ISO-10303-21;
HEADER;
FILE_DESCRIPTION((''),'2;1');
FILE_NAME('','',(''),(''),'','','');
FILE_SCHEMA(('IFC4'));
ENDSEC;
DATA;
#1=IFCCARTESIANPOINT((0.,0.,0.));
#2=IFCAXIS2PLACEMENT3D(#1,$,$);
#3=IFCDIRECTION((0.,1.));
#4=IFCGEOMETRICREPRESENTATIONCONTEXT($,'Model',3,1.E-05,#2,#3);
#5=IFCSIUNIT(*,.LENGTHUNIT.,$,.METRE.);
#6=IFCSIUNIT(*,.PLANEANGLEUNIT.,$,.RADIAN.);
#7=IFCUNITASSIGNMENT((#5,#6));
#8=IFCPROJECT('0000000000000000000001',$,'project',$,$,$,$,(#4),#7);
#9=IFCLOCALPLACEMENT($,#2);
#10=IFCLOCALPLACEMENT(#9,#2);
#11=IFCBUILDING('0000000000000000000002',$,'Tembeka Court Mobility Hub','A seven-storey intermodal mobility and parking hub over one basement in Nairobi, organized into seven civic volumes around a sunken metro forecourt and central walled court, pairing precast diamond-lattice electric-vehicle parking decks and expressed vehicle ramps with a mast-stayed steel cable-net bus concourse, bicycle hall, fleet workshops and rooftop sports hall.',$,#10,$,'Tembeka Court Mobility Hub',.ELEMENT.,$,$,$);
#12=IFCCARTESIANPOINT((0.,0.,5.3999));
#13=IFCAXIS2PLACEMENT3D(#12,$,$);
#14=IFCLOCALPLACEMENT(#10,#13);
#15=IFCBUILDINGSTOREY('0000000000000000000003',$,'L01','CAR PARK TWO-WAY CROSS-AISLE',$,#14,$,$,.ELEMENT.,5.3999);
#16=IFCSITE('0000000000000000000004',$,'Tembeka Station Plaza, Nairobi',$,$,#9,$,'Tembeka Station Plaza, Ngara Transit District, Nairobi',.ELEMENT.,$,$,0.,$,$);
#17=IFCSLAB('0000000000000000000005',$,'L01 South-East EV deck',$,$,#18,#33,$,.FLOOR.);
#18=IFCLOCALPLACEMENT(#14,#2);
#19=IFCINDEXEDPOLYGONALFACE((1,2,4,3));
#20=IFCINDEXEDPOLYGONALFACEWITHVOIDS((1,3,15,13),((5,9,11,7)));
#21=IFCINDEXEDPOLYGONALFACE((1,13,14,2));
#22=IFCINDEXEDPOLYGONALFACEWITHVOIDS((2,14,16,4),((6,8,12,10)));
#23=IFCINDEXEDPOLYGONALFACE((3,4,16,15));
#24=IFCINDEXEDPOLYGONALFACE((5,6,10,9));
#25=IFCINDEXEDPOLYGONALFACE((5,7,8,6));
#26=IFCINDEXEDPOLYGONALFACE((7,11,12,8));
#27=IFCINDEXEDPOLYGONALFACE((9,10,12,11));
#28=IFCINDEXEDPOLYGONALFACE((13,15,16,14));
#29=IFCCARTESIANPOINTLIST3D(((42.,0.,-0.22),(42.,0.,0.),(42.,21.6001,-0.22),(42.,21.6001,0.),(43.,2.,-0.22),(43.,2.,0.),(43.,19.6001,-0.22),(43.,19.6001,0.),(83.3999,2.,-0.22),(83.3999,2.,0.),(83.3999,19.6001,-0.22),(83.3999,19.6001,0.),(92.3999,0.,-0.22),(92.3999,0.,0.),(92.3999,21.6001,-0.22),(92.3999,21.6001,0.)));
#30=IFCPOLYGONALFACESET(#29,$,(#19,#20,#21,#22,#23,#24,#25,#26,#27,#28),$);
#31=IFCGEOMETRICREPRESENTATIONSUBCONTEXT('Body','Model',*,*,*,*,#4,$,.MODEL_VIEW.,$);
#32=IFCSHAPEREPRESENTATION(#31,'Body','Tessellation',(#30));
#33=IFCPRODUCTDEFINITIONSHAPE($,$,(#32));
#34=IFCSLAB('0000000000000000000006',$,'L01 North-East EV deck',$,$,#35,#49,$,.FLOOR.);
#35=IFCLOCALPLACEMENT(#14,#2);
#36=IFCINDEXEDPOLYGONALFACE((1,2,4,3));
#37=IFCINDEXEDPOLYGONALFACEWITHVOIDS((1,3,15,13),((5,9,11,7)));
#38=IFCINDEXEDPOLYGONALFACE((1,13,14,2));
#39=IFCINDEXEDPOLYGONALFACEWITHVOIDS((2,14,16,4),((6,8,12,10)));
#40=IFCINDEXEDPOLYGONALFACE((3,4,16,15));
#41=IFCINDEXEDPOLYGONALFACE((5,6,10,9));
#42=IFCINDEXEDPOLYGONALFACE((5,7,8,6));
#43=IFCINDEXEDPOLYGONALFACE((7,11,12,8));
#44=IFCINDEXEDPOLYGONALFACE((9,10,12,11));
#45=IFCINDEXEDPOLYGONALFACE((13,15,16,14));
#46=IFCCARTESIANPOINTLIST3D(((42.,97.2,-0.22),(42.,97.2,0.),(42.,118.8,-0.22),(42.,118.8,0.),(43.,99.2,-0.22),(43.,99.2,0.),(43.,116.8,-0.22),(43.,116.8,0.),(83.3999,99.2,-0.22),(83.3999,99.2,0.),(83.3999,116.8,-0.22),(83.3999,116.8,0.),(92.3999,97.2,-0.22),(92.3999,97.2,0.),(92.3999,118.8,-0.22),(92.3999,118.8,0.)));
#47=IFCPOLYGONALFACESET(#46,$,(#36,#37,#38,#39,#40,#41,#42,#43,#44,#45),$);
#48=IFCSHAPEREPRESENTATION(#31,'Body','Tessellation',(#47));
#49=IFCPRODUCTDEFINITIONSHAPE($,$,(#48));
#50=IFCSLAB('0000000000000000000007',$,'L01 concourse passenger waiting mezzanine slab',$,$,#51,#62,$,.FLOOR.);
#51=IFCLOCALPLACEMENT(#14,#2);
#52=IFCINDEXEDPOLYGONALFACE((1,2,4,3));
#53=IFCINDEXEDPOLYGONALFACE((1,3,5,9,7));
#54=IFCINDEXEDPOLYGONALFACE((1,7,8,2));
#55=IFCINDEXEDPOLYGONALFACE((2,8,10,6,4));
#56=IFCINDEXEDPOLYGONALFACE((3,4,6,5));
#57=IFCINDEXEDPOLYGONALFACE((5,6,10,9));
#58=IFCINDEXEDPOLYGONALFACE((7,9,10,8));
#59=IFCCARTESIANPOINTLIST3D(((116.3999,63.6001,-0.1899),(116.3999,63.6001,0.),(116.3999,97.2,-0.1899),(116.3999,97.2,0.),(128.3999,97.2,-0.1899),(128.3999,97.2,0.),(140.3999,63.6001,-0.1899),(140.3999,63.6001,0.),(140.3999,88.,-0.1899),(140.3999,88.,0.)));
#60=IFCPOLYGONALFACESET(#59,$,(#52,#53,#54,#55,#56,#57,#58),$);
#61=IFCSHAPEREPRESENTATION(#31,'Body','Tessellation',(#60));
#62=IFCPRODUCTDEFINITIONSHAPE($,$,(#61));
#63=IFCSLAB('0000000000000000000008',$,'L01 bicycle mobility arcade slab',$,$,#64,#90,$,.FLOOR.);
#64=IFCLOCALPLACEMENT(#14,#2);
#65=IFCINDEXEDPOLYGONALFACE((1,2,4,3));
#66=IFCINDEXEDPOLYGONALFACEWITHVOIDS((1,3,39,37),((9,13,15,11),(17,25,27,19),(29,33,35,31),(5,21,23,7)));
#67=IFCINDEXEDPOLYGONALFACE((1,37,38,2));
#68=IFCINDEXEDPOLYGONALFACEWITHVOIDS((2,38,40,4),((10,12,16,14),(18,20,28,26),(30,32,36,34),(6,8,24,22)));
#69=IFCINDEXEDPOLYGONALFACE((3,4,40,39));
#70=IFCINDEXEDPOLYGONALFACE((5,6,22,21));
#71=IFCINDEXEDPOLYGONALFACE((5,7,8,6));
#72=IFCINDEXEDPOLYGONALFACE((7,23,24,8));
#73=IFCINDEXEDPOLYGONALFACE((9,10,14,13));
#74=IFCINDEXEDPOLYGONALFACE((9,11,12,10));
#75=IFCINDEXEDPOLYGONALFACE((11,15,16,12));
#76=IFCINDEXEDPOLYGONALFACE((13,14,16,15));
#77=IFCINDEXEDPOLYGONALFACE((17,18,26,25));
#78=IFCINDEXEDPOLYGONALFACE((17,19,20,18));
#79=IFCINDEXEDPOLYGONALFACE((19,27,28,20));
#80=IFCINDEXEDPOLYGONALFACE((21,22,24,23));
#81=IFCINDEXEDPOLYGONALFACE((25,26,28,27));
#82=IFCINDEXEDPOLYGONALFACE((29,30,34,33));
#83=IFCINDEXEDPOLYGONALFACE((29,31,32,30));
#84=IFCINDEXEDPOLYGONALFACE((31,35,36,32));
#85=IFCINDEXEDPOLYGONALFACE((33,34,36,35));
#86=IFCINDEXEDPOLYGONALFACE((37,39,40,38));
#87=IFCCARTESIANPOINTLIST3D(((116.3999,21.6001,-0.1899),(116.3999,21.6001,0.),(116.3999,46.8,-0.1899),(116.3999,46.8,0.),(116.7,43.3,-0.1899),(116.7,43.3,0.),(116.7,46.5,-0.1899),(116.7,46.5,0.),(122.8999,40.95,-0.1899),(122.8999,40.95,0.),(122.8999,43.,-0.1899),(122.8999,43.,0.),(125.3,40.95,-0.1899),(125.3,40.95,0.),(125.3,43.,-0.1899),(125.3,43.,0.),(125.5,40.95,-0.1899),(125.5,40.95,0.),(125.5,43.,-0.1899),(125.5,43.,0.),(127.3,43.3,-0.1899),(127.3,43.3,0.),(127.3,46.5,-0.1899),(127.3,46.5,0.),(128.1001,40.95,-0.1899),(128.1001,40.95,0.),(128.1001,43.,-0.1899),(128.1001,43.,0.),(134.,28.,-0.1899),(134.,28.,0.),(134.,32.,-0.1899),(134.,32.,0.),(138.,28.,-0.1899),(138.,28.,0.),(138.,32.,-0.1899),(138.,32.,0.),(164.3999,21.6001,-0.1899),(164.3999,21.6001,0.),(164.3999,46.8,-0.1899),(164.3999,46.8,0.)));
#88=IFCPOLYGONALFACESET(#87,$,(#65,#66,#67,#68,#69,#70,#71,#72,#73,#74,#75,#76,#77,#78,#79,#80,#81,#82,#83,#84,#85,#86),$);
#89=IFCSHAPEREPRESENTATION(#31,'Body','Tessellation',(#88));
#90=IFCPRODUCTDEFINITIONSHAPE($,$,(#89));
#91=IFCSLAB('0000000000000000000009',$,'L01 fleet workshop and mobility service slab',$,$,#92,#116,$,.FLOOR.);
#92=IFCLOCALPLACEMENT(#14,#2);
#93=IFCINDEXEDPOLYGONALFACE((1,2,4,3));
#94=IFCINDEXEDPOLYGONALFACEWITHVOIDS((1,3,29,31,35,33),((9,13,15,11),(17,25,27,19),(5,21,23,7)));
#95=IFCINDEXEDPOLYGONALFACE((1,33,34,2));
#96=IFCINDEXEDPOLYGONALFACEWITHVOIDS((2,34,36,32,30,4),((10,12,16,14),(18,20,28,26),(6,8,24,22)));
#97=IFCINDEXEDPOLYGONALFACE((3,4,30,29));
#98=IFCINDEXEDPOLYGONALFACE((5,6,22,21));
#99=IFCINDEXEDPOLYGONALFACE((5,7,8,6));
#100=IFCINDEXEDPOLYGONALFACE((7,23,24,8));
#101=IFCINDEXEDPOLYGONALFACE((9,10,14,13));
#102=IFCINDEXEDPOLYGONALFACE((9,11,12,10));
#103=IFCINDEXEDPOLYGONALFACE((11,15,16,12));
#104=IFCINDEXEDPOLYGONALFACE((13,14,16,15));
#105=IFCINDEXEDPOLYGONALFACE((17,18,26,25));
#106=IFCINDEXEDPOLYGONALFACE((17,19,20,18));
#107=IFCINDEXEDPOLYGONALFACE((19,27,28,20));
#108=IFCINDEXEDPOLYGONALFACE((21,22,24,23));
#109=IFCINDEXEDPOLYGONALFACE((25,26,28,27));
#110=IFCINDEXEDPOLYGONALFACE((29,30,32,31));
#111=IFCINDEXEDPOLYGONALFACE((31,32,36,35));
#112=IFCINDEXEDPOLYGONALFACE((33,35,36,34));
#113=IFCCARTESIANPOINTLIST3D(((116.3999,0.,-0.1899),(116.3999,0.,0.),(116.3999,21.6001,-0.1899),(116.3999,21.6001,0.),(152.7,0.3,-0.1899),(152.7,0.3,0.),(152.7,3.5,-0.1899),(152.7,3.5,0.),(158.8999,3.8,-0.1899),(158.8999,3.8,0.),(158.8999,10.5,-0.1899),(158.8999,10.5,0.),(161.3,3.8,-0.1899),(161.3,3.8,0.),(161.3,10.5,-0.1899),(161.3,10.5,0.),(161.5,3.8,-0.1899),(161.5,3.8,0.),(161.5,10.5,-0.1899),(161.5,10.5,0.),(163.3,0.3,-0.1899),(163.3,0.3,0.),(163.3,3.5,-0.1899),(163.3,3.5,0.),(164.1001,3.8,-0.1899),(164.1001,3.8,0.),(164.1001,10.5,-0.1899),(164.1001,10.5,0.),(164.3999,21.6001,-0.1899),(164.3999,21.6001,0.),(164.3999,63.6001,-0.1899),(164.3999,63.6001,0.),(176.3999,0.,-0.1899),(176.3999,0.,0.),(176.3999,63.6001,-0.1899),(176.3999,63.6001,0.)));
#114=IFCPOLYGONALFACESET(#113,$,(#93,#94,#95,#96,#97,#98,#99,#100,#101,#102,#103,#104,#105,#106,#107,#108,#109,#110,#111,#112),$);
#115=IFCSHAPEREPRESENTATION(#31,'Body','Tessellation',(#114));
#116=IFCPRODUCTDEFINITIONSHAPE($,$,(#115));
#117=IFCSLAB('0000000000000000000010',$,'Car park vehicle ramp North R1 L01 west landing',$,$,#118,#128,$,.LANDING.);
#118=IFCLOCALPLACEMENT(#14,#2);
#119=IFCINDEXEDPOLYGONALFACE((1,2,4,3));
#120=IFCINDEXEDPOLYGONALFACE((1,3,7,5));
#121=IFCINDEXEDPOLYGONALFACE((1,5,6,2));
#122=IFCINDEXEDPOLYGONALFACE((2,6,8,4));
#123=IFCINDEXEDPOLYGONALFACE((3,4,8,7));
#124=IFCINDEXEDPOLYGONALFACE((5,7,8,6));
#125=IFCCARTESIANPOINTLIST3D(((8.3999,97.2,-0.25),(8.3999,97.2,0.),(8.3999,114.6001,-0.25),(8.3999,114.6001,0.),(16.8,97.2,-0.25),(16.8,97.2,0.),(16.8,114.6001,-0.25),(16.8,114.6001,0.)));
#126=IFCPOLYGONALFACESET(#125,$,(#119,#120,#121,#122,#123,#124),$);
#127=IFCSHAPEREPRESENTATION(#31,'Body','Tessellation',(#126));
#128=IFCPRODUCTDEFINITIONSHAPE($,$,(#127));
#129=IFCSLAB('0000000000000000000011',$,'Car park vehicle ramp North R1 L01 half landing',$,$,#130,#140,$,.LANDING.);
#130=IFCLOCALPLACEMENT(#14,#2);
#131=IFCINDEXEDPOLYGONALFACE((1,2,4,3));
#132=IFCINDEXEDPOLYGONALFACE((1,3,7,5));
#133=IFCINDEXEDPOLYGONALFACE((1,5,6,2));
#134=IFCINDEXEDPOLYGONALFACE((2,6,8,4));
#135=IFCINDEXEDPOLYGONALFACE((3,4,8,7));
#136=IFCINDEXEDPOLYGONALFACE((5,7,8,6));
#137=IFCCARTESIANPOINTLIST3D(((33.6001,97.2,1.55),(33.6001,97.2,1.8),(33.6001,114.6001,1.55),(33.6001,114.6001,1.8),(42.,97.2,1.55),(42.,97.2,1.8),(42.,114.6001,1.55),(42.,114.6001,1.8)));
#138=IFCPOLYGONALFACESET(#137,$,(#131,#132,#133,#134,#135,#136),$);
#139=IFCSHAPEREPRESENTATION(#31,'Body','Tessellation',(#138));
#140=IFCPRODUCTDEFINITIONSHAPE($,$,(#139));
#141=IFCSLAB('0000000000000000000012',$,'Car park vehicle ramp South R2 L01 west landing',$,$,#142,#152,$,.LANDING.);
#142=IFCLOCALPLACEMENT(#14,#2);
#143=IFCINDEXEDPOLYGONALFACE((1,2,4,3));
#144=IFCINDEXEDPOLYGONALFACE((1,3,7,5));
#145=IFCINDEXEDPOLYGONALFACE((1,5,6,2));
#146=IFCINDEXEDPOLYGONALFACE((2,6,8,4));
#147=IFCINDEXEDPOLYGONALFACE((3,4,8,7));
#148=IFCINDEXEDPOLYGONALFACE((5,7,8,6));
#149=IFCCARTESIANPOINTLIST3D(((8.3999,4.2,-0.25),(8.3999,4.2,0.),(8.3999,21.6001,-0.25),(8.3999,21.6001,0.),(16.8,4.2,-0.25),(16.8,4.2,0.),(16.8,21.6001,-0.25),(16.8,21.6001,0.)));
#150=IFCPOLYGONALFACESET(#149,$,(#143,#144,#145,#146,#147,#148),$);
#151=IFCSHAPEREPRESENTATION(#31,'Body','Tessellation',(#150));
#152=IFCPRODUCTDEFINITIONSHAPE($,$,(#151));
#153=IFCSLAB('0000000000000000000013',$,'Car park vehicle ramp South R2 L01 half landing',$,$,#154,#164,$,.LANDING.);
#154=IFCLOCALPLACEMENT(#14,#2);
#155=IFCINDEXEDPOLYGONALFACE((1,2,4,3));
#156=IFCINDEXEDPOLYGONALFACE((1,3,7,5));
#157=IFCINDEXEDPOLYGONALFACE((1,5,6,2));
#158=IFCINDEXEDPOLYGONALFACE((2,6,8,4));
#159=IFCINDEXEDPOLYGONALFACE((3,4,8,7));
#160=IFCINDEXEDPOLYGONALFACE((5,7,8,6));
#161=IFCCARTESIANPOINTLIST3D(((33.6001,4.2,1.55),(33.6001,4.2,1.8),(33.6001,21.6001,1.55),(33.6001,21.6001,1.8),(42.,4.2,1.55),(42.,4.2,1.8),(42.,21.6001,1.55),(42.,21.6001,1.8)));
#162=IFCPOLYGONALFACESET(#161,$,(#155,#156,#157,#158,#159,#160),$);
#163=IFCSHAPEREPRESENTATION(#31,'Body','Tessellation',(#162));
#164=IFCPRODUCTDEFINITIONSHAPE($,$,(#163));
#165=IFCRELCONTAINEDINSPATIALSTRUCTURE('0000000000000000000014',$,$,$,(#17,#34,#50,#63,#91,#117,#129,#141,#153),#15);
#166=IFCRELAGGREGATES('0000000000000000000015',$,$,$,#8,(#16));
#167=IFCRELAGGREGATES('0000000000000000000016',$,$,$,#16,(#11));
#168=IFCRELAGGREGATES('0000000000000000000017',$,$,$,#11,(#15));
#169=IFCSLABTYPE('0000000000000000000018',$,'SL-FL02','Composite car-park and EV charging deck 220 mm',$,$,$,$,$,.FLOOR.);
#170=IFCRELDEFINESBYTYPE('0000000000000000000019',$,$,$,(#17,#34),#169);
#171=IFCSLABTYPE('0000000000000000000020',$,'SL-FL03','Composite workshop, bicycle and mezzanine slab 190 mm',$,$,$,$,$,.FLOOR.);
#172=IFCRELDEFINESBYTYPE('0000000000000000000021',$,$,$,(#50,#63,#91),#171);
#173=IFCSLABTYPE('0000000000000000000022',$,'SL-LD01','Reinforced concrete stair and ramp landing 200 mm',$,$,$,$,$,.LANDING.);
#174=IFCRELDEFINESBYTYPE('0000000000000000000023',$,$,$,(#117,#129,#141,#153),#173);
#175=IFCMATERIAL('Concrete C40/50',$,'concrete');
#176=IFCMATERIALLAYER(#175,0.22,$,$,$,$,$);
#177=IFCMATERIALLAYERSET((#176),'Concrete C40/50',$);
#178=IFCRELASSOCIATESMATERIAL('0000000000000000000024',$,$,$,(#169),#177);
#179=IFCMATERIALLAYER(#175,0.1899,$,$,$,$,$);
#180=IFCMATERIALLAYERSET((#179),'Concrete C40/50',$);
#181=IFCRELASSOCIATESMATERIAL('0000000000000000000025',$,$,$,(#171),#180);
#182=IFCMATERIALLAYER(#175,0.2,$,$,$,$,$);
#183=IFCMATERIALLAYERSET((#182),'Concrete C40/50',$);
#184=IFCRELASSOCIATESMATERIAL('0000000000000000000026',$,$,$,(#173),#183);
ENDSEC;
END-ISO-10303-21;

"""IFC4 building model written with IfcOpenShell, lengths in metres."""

from ifc_helpers import new_model, si_unit, direction, frame, origin, place, context, subcontext, project, spatial, polyline, outline, extrude, material, layer, layer_set, type_object, element, save


model = new_model("IFC4")

# Units and contexts
model_context = context("Model", 3, precision=1e-05, world=origin(), true_north=direction((0.0, 1.0)))
body_context = subcontext(model_context, "Body", "Model", "MODEL_VIEW")
ifc_project = project(units=[si_unit("LENGTHUNIT", "METRE"), si_unit("PLANEANGLEUNIT", "RADIAN")], contexts=[model_context])

# Site, building, storey
site_placement = place(None, origin())
site = spatial("IfcSite", under=ifc_project, at=site_placement, Name="Tembeka Station Plaza, Nairobi", LongName="Tembeka Station Plaza, Ngara Transit District, Nairobi", CompositionType="ELEMENT", RefElevation=0.0)
building_placement = place(site_placement, origin())
building = spatial("IfcBuilding", under=site, at=building_placement, Name="Tembeka Court Mobility Hub", Description="A seven-storey intermodal mobility and parking hub over one basement in Nairobi, organized into seven civic volumes around a sunken metro forecourt and central walled court, pairing precast diamond-lattice electric-vehicle parking decks and expressed vehicle ramps with a mast-stayed steel cable-net bus concourse, bicycle hall, fleet workshops and rooftop sports hall.", LongName="Tembeka Court Mobility Hub", CompositionType="ELEMENT")
storey_placement = place(building_placement, frame((0.0, 0.0, 5.3999)))
storey = spatial("IfcBuildingStorey", under=building, at=storey_placement, Name="L01", Description="CAR PARK TWO-WAY CROSS-AISLE", CompositionType="ELEMENT", Elevation=5.3999)

# Slabs
ifc_material_1 = material(Name="Concrete C40/50", Category="concrete")
ifc_layer_1 = layer(ifc_material_1, 0.22)
ifc_layer_set_1 = layer_set([ifc_layer_1], Name="Concrete C40/50")
slab_type_1 = type_object("IfcSlabType", Name="SL-FL02", Description="Composite car-park and EV charging deck 220 mm", PredefinedType="FLOOR", material=ifc_layer_set_1)
slab_1_placement = place(storey_placement, frame((0.0, 0.0, -0.22)))
element("IfcSlab", 1, at=slab_1_placement, inside=storey, type_object=slab_type_1, Name="L01 South-East EV deck", PredefinedType="FLOOR", context=body_context, shape_type="SweptSolid", body=[
    extrude(outline(polyline([(42.0, 0.0), (92.3999, 0.0), (92.3999, 21.6001), (42.0, 21.6001), (42.0, 0.0)]), holes=[polyline([(43.0, 19.6001), (83.3999, 19.6001), (83.3999, 2.0), (43.0, 2.0), (43.0, 19.6001)])]), origin(), (0.0, 0.0, 1.0), 0.22),
])
slab_2_placement = place(storey_placement, frame((0.0, 0.0, -0.22)))
element("IfcSlab", 2, at=slab_2_placement, inside=storey, type_object=slab_type_1, Name="L01 North-East EV deck", PredefinedType="FLOOR", context=body_context, shape_type="SweptSolid", body=[
    extrude(outline(polyline([(42.0, 97.2), (92.3999, 97.2), (92.3999, 118.8), (42.0, 118.8), (42.0, 97.2)]), holes=[polyline([(43.0, 116.8), (83.3999, 116.8), (83.3999, 99.2), (43.0, 99.2), (43.0, 116.8)])]), origin(), (0.0, 0.0, 1.0), 0.22),
])
ifc_layer_2 = layer(ifc_material_1, 0.1899)
ifc_layer_set_2 = layer_set([ifc_layer_2], Name="Concrete C40/50")
slab_type_2 = type_object("IfcSlabType", Name="SL-FL03", Description="Composite workshop, bicycle and mezzanine slab 190 mm", PredefinedType="FLOOR", material=ifc_layer_set_2)
slab_3_placement = place(storey_placement, frame((0.0, 0.0, -0.1899)))
element("IfcSlab", 3, at=slab_3_placement, inside=storey, type_object=slab_type_2, Name="L01 concourse passenger waiting mezzanine slab", PredefinedType="FLOOR", context=body_context, shape_type="SweptSolid", body=[
    extrude(outline(polyline([(116.3999, 63.6001), (140.3999, 63.6001), (140.3999, 88.0), (128.3999, 97.2), (116.3999, 97.2), (116.3999, 63.6001)])), origin(), (0.0, 0.0, 1.0), 0.1899),
])
slab_4_placement = place(storey_placement, frame((0.0, 0.0, -0.1899)))
element("IfcSlab", 4, at=slab_4_placement, inside=storey, type_object=slab_type_2, Name="L01 bicycle mobility arcade slab", PredefinedType="FLOOR", context=body_context, shape_type="SweptSolid", body=[
    extrude(outline(polyline([(116.3999, 21.6001), (164.3999, 21.6001), (164.3999, 46.8), (116.3999, 46.8), (116.3999, 21.6001)]), holes=[polyline([(116.7, 46.5), (127.3, 46.5), (127.3, 43.3), (116.7, 43.3), (116.7, 46.5)]), polyline([(122.8999, 43.0), (125.3, 43.0), (125.3, 40.95), (122.8999, 40.95), (122.8999, 43.0)]), polyline([(125.5, 43.0), (128.1001, 43.0), (128.1001, 40.95), (125.5, 40.95), (125.5, 43.0)]), polyline([(134.0, 32.0), (138.0, 32.0), (138.0, 28.0), (134.0, 28.0), (134.0, 32.0)])]), origin(), (0.0, 0.0, 1.0), 0.1899),
])
slab_5_placement = place(storey_placement, frame((0.0, 0.0, -0.1899)))
element("IfcSlab", 5, at=slab_5_placement, inside=storey, type_object=slab_type_2, Name="L01 fleet workshop and mobility service slab", PredefinedType="FLOOR", context=body_context, shape_type="SweptSolid", body=[
    extrude(outline(polyline([(116.3999, 0.0), (176.3999, 0.0), (176.3999, 63.6001), (164.3999, 63.6001), (164.3999, 21.6001), (116.3999, 21.6001), (116.3999, 0.0)]), holes=[polyline([(152.7, 3.5), (163.3, 3.5), (163.3, 0.3), (152.7, 0.3), (152.7, 3.5)]), polyline([(158.8999, 10.5), (161.3, 10.5), (161.3, 3.8), (158.8999, 3.8), (158.8999, 10.5)]), polyline([(161.5, 10.5), (164.1001, 10.5), (164.1001, 3.8), (161.5, 3.8), (161.5, 10.5)])]), origin(), (0.0, 0.0, 1.0), 0.1899),
])
ifc_layer_3 = layer(ifc_material_1, 0.2)
ifc_layer_set_3 = layer_set([ifc_layer_3], Name="Concrete C40/50")
slab_type_3 = type_object("IfcSlabType", Name="SL-LD01", Description="Reinforced concrete stair and ramp landing 200 mm", PredefinedType="LANDING", material=ifc_layer_set_3)
slab_6_placement = place(storey_placement, frame((0.0, 0.0, -0.25)))
element("IfcSlab", 6, at=slab_6_placement, inside=storey, type_object=slab_type_3, Name="Car park vehicle ramp North R1 L01 west landing", PredefinedType="LANDING", context=body_context, shape_type="SweptSolid", body=[
    extrude(outline(polyline([(8.3999, 97.2), (16.8, 97.2), (16.8, 114.6001), (8.3999, 114.6001), (8.3999, 97.2)])), origin(), (0.0, 0.0, 1.0), 0.25),
])
slab_7_placement = place(storey_placement, frame((0.0, 0.0, 1.55)))
element("IfcSlab", 7, at=slab_7_placement, inside=storey, type_object=slab_type_3, Name="Car park vehicle ramp North R1 L01 half landing", PredefinedType="LANDING", context=body_context, shape_type="SweptSolid", body=[
    extrude(outline(polyline([(33.6001, 97.2), (42.0, 97.2), (42.0, 114.6001), (33.6001, 114.6001), (33.6001, 97.2)])), origin(), (0.0, 0.0, 1.0), 0.25),
])
slab_8_placement = place(storey_placement, frame((0.0, 0.0, -0.25)))
element("IfcSlab", 8, at=slab_8_placement, inside=storey, type_object=slab_type_3, Name="Car park vehicle ramp South R2 L01 west landing", PredefinedType="LANDING", context=body_context, shape_type="SweptSolid", body=[
    extrude(outline(polyline([(8.3999, 4.2), (16.8, 4.2), (16.8, 21.6001), (8.3999, 21.6001), (8.3999, 4.2)])), origin(), (0.0, 0.0, 1.0), 0.25),
])
slab_9_placement = place(storey_placement, frame((0.0, 0.0, 1.55)))
element("IfcSlab", 9, at=slab_9_placement, inside=storey, type_object=slab_type_3, Name="Car park vehicle ramp South R2 L01 half landing", PredefinedType="LANDING", context=body_context, shape_type="SweptSolid", body=[
    extrude(outline(polyline([(33.6001, 4.2), (42.0, 4.2), (42.0, 21.6001), (33.6001, 21.6001), (33.6001, 4.2)])), origin(), (0.0, 0.0, 1.0), 0.25),
])

save(model, "model.ifc")
